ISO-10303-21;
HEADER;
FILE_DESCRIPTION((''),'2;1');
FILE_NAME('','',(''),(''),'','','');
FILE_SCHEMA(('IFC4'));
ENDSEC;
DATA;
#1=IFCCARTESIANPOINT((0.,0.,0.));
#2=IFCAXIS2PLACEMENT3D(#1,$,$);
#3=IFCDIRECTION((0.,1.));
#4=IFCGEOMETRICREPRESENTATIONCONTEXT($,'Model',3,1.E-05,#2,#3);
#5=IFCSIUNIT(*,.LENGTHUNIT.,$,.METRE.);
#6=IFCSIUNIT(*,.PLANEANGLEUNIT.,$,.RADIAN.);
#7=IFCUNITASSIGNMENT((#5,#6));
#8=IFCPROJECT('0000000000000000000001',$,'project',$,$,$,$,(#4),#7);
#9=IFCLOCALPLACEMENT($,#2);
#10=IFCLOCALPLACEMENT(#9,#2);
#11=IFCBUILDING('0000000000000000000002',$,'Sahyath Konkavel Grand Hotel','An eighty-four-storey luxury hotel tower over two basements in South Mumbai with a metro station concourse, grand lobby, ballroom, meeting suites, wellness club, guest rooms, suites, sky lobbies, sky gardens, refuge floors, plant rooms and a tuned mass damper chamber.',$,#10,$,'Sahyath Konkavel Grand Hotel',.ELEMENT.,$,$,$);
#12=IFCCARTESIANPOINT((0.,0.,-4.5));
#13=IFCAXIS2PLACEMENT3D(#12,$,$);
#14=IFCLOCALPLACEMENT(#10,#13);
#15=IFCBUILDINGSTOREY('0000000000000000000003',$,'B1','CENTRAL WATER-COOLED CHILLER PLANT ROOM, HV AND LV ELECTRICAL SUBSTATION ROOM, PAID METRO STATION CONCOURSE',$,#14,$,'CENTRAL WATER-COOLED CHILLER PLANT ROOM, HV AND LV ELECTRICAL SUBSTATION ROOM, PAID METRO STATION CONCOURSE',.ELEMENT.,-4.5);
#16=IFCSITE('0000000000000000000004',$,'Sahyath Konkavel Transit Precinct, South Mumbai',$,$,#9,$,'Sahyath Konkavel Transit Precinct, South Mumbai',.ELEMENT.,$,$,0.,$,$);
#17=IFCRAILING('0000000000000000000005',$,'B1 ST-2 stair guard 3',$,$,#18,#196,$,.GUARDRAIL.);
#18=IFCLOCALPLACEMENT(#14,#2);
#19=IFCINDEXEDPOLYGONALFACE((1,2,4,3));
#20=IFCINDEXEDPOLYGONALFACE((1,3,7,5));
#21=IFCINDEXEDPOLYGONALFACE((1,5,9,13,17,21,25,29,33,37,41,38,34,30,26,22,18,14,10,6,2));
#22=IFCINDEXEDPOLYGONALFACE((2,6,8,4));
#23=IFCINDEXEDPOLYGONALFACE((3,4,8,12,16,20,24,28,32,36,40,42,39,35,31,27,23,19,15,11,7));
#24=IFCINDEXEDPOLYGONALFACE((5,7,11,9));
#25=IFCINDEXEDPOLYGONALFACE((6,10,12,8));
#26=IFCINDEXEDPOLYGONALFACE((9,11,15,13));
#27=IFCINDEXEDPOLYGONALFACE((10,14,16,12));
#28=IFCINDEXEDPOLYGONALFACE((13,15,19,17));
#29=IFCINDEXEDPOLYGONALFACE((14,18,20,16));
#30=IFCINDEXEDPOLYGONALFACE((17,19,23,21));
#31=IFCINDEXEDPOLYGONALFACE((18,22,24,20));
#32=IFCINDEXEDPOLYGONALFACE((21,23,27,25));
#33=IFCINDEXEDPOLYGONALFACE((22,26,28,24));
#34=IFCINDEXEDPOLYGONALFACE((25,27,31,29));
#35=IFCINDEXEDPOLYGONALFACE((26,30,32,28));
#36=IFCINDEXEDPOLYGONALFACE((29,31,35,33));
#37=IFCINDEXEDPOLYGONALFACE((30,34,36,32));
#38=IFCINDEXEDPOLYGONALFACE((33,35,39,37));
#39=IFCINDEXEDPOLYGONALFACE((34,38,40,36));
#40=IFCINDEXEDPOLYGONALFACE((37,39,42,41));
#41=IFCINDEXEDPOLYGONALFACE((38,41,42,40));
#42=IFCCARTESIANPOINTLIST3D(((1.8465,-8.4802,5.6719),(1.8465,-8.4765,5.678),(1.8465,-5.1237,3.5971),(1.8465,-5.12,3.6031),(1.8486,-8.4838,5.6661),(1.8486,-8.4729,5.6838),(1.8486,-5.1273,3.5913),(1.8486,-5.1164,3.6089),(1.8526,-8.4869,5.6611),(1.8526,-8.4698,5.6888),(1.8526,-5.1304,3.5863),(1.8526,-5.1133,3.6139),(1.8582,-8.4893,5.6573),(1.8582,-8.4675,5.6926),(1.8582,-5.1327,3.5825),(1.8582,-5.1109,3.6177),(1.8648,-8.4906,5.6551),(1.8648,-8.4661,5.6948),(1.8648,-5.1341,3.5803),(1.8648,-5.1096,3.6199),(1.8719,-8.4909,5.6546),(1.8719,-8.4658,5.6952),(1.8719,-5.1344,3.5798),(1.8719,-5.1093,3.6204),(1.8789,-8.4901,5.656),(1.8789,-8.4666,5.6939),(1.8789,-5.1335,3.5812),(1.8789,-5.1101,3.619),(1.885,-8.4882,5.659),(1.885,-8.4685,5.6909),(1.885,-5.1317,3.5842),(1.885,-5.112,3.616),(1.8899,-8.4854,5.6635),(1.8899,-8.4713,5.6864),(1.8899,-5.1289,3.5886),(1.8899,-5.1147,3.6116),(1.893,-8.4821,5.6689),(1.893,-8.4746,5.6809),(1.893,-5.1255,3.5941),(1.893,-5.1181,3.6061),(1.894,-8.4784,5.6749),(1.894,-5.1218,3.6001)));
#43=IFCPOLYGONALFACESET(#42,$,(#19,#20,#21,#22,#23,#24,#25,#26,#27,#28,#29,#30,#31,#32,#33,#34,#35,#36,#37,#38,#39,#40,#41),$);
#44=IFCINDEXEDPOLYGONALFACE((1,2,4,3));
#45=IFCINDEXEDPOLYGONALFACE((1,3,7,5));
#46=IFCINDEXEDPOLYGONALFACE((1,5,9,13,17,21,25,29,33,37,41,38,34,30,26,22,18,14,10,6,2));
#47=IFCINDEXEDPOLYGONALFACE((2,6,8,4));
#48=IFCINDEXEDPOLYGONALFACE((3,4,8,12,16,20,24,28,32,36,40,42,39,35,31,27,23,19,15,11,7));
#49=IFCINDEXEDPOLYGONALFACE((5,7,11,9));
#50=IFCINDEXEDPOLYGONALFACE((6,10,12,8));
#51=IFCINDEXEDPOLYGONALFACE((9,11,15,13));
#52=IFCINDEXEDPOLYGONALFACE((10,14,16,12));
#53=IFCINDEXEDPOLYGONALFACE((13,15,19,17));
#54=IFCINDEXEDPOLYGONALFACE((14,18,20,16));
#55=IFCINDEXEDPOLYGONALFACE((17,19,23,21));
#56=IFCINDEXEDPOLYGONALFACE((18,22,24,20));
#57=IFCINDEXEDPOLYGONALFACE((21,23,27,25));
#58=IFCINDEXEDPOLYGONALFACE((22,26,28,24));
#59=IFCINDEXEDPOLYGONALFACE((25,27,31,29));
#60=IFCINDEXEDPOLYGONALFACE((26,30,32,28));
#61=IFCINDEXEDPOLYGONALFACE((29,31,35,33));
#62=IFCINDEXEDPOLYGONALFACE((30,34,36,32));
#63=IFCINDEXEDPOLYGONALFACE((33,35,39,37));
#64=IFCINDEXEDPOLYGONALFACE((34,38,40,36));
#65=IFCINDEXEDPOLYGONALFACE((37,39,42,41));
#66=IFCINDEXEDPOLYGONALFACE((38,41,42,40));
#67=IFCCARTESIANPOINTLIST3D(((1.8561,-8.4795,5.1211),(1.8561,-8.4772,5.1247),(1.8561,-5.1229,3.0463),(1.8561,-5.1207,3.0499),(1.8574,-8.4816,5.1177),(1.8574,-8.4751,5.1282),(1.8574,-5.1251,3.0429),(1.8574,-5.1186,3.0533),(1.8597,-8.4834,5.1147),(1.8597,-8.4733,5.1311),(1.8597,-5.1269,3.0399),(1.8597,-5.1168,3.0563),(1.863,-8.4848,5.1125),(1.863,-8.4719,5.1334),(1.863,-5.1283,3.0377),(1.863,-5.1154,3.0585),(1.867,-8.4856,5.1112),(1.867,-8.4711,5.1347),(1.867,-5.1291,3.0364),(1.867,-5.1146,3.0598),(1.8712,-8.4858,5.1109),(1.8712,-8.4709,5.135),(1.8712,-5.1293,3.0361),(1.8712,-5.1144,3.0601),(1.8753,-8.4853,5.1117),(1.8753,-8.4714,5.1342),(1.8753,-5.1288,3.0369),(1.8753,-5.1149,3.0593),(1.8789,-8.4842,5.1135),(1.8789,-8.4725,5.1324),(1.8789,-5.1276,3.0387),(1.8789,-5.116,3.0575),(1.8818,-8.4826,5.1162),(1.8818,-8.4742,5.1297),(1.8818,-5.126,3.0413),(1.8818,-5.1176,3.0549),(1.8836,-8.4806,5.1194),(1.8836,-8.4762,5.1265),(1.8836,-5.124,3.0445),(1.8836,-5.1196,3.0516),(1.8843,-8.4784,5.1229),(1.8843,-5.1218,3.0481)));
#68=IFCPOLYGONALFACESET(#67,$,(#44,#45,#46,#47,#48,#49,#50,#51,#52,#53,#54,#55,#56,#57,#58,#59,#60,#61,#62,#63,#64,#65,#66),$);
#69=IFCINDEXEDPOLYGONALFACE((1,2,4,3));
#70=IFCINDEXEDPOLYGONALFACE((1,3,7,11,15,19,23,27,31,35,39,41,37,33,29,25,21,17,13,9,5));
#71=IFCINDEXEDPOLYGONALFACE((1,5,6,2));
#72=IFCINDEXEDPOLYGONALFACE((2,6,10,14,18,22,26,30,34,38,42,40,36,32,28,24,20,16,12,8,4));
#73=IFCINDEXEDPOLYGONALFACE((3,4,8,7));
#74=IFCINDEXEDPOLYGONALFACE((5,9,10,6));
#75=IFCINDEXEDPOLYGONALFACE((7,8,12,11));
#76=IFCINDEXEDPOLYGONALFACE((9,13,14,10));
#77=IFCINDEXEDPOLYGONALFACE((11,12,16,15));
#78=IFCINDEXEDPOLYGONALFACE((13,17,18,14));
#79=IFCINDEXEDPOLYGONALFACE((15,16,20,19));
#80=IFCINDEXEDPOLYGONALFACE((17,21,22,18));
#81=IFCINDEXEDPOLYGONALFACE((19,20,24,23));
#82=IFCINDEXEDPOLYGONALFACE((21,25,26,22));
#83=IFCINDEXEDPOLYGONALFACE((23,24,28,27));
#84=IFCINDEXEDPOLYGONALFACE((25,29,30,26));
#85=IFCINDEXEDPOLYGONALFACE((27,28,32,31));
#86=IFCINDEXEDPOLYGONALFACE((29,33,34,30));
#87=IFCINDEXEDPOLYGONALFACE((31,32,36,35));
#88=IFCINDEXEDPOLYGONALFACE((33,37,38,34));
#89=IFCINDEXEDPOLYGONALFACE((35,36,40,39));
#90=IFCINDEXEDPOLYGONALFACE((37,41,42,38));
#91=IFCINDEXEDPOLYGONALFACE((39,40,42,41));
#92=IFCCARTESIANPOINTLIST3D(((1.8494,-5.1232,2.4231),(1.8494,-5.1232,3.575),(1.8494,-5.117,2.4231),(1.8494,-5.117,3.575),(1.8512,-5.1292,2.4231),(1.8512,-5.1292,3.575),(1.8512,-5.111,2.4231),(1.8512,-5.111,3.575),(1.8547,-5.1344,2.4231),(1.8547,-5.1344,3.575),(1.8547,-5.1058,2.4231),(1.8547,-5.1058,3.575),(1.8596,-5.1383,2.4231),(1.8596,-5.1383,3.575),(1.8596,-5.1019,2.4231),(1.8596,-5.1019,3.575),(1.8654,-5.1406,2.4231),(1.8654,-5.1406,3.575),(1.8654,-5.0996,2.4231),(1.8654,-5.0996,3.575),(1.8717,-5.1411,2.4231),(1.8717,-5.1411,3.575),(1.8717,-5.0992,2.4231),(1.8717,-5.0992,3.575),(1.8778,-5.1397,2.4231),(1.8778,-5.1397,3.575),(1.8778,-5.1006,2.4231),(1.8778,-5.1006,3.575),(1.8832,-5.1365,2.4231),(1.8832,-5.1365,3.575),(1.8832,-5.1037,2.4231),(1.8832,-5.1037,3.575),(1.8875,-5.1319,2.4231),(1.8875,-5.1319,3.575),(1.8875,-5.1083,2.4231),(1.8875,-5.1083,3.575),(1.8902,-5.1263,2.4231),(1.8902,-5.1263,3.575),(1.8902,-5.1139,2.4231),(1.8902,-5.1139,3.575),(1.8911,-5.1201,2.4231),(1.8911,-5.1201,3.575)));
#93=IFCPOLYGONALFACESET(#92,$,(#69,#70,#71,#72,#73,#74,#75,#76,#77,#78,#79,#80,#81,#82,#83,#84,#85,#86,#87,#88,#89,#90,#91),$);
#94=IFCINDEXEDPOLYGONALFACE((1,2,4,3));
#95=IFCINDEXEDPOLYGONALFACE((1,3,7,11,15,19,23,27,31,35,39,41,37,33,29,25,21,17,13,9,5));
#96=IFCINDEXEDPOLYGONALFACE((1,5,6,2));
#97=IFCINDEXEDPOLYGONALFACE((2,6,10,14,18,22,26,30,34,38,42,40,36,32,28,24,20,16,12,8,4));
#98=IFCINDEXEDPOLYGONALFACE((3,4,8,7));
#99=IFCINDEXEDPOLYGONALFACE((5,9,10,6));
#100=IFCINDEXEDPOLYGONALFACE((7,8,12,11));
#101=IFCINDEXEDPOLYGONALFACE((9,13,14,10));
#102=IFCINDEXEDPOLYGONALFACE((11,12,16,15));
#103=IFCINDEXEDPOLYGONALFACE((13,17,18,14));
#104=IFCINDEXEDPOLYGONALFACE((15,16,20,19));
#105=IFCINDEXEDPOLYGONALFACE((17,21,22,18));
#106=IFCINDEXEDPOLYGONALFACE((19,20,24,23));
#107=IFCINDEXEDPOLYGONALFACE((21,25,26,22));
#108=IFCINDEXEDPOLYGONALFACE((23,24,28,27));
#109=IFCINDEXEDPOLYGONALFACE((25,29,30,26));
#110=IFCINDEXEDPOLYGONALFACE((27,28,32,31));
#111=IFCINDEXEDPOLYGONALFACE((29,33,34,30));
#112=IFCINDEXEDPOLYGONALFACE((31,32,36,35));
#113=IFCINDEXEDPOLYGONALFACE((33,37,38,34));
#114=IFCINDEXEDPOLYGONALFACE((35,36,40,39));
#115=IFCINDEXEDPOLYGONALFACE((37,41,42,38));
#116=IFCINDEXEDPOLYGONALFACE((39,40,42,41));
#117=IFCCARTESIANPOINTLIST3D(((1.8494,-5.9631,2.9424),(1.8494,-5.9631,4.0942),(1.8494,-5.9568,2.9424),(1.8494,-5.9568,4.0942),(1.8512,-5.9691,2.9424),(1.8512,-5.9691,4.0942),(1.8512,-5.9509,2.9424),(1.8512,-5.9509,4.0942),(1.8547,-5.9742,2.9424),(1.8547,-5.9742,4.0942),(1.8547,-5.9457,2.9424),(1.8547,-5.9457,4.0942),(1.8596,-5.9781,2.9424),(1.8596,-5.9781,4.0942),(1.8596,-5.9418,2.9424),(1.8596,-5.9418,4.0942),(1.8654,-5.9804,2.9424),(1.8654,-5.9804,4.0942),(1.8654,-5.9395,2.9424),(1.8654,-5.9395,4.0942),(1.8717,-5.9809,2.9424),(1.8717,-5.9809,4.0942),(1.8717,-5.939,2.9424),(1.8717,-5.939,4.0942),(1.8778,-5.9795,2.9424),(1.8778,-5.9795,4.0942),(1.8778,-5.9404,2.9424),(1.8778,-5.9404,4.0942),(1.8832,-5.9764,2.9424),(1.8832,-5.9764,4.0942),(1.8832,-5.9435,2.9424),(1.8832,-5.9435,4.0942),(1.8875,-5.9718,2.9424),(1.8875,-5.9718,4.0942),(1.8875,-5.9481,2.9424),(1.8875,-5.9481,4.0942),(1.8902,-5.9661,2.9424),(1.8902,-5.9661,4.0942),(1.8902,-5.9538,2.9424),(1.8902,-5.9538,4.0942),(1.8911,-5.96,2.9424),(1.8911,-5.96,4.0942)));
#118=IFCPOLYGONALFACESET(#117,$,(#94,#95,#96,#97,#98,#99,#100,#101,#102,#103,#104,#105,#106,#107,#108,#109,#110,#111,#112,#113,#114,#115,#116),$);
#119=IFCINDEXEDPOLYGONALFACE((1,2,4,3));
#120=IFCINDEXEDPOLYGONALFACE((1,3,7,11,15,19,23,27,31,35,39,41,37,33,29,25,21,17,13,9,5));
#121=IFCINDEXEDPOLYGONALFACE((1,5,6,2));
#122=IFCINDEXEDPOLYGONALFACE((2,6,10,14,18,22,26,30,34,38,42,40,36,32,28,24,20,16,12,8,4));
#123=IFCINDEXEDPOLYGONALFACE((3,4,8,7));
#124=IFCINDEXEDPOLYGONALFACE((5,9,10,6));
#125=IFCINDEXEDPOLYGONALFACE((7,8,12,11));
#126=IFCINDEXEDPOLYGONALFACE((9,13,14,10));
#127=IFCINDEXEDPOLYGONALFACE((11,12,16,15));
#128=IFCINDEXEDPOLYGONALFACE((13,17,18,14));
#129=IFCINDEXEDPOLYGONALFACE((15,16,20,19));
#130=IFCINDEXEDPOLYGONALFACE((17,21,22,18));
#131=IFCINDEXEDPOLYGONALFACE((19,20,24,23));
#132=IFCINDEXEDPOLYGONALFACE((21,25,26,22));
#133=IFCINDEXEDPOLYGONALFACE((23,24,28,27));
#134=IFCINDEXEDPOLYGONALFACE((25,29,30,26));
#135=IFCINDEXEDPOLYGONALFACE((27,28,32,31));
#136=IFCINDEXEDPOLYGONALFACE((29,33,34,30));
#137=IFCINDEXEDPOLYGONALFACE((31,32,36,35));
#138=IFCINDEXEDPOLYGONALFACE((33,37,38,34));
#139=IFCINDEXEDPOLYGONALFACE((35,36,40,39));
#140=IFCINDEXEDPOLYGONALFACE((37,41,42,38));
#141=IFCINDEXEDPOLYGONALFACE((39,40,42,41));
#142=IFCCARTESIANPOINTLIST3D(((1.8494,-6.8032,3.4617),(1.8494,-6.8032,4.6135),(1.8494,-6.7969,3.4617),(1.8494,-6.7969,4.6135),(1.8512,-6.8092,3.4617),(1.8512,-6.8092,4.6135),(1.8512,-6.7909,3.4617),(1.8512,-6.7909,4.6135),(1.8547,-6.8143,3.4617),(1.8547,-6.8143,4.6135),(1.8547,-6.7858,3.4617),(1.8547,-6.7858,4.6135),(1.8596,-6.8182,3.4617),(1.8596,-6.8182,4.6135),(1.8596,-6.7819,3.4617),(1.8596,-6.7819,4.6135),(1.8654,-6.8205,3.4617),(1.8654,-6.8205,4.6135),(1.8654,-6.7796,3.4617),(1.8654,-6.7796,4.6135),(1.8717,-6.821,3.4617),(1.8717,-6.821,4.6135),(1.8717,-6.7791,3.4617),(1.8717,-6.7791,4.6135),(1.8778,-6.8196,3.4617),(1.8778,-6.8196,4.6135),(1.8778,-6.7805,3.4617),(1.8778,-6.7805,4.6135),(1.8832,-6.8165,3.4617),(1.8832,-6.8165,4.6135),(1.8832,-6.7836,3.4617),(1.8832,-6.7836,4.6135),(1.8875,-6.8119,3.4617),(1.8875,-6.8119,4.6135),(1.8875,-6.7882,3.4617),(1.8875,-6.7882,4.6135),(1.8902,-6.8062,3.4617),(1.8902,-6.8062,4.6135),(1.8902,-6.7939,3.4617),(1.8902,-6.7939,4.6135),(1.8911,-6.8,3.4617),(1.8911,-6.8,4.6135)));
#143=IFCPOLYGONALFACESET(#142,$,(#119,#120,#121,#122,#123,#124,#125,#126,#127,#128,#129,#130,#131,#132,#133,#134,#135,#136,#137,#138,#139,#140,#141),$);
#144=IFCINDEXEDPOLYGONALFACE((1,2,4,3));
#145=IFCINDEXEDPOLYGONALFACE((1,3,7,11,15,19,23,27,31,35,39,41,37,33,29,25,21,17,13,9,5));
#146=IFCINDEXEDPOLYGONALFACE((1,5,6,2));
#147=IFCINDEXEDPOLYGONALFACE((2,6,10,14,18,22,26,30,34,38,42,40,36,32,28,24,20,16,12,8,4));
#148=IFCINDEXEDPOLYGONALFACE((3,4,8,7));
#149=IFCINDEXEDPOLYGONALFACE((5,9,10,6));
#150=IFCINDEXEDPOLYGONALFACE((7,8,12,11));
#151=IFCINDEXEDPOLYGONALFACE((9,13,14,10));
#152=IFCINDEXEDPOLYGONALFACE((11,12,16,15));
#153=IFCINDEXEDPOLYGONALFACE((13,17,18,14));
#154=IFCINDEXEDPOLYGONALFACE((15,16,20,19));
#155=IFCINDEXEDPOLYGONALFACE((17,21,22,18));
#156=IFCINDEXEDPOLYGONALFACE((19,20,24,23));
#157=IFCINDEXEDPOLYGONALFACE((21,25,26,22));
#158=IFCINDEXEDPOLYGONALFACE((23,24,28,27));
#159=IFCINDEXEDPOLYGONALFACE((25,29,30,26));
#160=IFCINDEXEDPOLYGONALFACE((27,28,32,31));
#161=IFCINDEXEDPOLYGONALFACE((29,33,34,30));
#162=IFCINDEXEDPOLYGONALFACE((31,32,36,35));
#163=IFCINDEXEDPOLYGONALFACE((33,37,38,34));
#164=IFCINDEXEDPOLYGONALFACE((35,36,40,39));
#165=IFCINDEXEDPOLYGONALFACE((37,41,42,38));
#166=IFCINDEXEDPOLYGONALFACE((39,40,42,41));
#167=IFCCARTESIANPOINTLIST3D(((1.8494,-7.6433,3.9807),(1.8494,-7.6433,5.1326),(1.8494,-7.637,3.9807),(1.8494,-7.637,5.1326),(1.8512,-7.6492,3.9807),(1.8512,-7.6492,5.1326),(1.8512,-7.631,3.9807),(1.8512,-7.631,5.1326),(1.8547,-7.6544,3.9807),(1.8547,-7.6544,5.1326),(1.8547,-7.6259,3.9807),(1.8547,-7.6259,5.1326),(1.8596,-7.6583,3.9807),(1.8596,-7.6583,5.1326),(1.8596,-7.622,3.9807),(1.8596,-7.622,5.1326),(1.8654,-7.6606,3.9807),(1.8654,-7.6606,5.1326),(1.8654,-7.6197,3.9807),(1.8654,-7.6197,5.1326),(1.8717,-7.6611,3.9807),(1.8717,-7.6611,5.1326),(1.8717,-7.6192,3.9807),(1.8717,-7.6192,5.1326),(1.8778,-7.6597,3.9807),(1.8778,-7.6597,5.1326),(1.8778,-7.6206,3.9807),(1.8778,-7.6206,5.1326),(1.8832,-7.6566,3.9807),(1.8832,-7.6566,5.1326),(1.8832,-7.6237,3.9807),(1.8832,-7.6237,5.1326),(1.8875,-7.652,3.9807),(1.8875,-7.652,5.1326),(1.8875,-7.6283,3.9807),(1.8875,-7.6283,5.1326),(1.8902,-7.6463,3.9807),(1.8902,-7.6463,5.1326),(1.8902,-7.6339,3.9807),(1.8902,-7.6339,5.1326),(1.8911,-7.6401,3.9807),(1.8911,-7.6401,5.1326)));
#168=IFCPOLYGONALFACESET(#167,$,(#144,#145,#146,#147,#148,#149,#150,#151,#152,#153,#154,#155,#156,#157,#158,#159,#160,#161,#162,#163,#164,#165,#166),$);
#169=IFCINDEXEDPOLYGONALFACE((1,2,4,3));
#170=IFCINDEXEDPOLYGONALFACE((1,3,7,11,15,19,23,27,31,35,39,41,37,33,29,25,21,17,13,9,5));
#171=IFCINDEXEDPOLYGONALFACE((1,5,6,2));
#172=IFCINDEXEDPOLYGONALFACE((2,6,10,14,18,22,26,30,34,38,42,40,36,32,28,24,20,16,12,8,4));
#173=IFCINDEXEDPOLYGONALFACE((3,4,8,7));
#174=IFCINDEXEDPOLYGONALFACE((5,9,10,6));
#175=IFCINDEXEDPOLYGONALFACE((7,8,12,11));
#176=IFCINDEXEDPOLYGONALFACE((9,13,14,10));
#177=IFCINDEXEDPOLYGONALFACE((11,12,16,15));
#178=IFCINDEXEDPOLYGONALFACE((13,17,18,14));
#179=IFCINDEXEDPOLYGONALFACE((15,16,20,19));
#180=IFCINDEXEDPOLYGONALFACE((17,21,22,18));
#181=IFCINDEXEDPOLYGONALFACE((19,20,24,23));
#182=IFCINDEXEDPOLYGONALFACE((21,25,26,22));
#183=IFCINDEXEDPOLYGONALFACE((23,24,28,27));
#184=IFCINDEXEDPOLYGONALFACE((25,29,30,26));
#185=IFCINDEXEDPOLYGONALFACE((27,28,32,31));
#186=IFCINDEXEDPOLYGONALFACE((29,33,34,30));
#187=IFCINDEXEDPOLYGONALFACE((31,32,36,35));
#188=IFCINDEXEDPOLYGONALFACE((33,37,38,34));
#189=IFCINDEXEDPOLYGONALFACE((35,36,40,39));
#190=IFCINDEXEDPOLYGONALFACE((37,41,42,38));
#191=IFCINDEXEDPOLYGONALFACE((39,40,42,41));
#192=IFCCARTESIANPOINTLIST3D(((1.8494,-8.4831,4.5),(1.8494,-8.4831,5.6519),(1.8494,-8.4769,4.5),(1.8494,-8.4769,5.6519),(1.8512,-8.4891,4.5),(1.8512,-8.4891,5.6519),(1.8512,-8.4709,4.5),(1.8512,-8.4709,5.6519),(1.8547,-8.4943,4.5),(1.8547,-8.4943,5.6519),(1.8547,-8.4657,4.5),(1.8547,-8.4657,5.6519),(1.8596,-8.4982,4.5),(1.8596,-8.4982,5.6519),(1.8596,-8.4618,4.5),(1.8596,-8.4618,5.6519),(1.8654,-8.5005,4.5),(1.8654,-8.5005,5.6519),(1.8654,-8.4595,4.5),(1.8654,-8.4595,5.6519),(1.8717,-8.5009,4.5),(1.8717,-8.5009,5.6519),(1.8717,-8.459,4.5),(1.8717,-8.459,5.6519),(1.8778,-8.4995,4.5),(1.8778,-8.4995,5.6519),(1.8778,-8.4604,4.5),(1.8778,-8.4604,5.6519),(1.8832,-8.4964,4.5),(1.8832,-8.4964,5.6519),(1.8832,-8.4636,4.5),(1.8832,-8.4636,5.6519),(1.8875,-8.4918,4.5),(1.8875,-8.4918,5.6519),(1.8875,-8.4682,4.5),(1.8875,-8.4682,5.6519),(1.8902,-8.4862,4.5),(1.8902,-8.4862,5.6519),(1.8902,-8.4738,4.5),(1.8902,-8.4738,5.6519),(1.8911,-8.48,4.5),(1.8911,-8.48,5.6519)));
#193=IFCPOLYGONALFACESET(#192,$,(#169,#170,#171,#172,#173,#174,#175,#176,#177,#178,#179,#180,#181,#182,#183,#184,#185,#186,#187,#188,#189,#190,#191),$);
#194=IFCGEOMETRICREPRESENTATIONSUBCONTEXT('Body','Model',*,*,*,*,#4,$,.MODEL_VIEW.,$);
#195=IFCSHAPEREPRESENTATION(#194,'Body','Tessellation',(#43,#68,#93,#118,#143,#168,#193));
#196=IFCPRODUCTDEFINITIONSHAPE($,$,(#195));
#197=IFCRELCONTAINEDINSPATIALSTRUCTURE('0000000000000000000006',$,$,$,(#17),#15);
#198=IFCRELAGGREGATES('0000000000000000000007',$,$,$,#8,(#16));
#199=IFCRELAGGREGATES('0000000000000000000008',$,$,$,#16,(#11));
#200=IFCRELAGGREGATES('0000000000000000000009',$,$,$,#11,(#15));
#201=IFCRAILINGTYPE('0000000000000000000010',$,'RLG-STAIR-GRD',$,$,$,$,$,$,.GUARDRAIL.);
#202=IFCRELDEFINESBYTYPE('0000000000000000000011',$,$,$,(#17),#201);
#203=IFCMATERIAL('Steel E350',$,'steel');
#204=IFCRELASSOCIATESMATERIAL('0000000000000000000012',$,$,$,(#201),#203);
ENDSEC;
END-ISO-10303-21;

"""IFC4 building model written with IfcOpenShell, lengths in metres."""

from ifc_helpers import new_model, si_unit, direction, frame, origin, origin_2d, place, context, subcontext, project, spatial, circle, extrude, material, type_object, element, save


model = new_model("IFC4")

# Units and contexts
model_context = context("Model", 3, precision=1e-05, world=origin(), true_north=direction((0.0, 1.0)))
body_context = subcontext(model_context, "Body", "Model", "MODEL_VIEW")
ifc_project = project(units=[si_unit("LENGTHUNIT", "METRE"), si_unit("PLANEANGLEUNIT", "RADIAN")], contexts=[model_context])

# Site, building, storey
site_placement = place(None, origin())
site = spatial("IfcSite", under=ifc_project, at=site_placement, Name="Sahyath Konkavel Transit Precinct, South Mumbai", LongName="Sahyath Konkavel Transit Precinct, South Mumbai", CompositionType="ELEMENT", RefElevation=0.0)
building_placement = place(site_placement, origin())
building = spatial("IfcBuilding", under=site, at=building_placement, Name="Sahyath Konkavel Grand Hotel", Description="An eighty-four-storey luxury hotel tower over two basements in South Mumbai with a metro station concourse, grand lobby, ballroom, meeting suites, wellness club, guest rooms, suites, sky lobbies, sky gardens, refuge floors, plant rooms and a tuned mass damper chamber.", LongName="Sahyath Konkavel Grand Hotel", CompositionType="ELEMENT")
storey_placement = place(building_placement, frame((0.0, 0.0, -4.5)))
storey = spatial("IfcBuildingStorey", under=building, at=storey_placement, Name="B1", Description="CENTRAL WATER-COOLED CHILLER PLANT ROOM, HV AND LV ELECTRICAL SUBSTATION ROOM, PAID METRO STATION CONCOURSE", LongName="CENTRAL WATER-COOLED CHILLER PLANT ROOM, HV AND LV ELECTRICAL SUBSTATION ROOM, PAID METRO STATION CONCOURSE", CompositionType="ELEMENT", Elevation=-4.5)

# Shared definitions
ifc_material_1 = material(Name="Steel E350", Category="steel")

# Railing
railing_type_1 = type_object("IfcRailingType", Name="RLG-STAIR-GRD", PredefinedType="GUARDRAIL", material=ifc_material_1)
railing_1_placement = place(storey_placement, frame((1.8701, -5.1201, 2.4231)))
element("IfcRailing", 1, at=railing_1_placement, inside=storey, type_object=railing_type_1, Name="B1 ST-2 stair guard 3", PredefinedType="GUARDRAIL", context=body_context, shape_type="SweptSolid", body=[
    extrude(circle(Radius=0.0239, at=origin_2d()), frame((0.0, -0.0017, 1.177), z_axis=(0.0, -0.850606, 0.525803), x_axis=(1.0, 0.0, 0.0)), (0.0, 0.0, 1.0), 3.946),
    extrude(circle(Radius=0.0142, at=origin_2d()), frame((0.0, -0.0017, 0.625), z_axis=(0.0, -0.850606, 0.525803), x_axis=(1.0, 0.0, 0.0)), (0.0, 0.0, 1.0), 3.946),
    extrude(circle(Radius=0.021, at=origin_2d()), origin(), (0.0, 0.0, 1.0), 1.1519),
    extrude(circle(Radius=0.021, at=origin_2d()), frame((0.0, -0.8398, 0.5193)), (0.0, 0.0, 1.0), 1.1519),
    extrude(circle(Radius=0.021, at=origin_2d()), frame((0.0, -1.6799, 1.0386)), (0.0, 0.0, 1.0), 1.1519),
    extrude(circle(Radius=0.021, at=origin_2d()), frame((0.0, -2.52, 1.5576)), (0.0, 0.0, 1.0), 1.1519),
    extrude(circle(Radius=0.021, at=origin_2d()), frame((0.0, -3.3599, 2.0769)), (0.0, 0.0, 1.0), 1.1519),
])

save(model, "model.ifc")
